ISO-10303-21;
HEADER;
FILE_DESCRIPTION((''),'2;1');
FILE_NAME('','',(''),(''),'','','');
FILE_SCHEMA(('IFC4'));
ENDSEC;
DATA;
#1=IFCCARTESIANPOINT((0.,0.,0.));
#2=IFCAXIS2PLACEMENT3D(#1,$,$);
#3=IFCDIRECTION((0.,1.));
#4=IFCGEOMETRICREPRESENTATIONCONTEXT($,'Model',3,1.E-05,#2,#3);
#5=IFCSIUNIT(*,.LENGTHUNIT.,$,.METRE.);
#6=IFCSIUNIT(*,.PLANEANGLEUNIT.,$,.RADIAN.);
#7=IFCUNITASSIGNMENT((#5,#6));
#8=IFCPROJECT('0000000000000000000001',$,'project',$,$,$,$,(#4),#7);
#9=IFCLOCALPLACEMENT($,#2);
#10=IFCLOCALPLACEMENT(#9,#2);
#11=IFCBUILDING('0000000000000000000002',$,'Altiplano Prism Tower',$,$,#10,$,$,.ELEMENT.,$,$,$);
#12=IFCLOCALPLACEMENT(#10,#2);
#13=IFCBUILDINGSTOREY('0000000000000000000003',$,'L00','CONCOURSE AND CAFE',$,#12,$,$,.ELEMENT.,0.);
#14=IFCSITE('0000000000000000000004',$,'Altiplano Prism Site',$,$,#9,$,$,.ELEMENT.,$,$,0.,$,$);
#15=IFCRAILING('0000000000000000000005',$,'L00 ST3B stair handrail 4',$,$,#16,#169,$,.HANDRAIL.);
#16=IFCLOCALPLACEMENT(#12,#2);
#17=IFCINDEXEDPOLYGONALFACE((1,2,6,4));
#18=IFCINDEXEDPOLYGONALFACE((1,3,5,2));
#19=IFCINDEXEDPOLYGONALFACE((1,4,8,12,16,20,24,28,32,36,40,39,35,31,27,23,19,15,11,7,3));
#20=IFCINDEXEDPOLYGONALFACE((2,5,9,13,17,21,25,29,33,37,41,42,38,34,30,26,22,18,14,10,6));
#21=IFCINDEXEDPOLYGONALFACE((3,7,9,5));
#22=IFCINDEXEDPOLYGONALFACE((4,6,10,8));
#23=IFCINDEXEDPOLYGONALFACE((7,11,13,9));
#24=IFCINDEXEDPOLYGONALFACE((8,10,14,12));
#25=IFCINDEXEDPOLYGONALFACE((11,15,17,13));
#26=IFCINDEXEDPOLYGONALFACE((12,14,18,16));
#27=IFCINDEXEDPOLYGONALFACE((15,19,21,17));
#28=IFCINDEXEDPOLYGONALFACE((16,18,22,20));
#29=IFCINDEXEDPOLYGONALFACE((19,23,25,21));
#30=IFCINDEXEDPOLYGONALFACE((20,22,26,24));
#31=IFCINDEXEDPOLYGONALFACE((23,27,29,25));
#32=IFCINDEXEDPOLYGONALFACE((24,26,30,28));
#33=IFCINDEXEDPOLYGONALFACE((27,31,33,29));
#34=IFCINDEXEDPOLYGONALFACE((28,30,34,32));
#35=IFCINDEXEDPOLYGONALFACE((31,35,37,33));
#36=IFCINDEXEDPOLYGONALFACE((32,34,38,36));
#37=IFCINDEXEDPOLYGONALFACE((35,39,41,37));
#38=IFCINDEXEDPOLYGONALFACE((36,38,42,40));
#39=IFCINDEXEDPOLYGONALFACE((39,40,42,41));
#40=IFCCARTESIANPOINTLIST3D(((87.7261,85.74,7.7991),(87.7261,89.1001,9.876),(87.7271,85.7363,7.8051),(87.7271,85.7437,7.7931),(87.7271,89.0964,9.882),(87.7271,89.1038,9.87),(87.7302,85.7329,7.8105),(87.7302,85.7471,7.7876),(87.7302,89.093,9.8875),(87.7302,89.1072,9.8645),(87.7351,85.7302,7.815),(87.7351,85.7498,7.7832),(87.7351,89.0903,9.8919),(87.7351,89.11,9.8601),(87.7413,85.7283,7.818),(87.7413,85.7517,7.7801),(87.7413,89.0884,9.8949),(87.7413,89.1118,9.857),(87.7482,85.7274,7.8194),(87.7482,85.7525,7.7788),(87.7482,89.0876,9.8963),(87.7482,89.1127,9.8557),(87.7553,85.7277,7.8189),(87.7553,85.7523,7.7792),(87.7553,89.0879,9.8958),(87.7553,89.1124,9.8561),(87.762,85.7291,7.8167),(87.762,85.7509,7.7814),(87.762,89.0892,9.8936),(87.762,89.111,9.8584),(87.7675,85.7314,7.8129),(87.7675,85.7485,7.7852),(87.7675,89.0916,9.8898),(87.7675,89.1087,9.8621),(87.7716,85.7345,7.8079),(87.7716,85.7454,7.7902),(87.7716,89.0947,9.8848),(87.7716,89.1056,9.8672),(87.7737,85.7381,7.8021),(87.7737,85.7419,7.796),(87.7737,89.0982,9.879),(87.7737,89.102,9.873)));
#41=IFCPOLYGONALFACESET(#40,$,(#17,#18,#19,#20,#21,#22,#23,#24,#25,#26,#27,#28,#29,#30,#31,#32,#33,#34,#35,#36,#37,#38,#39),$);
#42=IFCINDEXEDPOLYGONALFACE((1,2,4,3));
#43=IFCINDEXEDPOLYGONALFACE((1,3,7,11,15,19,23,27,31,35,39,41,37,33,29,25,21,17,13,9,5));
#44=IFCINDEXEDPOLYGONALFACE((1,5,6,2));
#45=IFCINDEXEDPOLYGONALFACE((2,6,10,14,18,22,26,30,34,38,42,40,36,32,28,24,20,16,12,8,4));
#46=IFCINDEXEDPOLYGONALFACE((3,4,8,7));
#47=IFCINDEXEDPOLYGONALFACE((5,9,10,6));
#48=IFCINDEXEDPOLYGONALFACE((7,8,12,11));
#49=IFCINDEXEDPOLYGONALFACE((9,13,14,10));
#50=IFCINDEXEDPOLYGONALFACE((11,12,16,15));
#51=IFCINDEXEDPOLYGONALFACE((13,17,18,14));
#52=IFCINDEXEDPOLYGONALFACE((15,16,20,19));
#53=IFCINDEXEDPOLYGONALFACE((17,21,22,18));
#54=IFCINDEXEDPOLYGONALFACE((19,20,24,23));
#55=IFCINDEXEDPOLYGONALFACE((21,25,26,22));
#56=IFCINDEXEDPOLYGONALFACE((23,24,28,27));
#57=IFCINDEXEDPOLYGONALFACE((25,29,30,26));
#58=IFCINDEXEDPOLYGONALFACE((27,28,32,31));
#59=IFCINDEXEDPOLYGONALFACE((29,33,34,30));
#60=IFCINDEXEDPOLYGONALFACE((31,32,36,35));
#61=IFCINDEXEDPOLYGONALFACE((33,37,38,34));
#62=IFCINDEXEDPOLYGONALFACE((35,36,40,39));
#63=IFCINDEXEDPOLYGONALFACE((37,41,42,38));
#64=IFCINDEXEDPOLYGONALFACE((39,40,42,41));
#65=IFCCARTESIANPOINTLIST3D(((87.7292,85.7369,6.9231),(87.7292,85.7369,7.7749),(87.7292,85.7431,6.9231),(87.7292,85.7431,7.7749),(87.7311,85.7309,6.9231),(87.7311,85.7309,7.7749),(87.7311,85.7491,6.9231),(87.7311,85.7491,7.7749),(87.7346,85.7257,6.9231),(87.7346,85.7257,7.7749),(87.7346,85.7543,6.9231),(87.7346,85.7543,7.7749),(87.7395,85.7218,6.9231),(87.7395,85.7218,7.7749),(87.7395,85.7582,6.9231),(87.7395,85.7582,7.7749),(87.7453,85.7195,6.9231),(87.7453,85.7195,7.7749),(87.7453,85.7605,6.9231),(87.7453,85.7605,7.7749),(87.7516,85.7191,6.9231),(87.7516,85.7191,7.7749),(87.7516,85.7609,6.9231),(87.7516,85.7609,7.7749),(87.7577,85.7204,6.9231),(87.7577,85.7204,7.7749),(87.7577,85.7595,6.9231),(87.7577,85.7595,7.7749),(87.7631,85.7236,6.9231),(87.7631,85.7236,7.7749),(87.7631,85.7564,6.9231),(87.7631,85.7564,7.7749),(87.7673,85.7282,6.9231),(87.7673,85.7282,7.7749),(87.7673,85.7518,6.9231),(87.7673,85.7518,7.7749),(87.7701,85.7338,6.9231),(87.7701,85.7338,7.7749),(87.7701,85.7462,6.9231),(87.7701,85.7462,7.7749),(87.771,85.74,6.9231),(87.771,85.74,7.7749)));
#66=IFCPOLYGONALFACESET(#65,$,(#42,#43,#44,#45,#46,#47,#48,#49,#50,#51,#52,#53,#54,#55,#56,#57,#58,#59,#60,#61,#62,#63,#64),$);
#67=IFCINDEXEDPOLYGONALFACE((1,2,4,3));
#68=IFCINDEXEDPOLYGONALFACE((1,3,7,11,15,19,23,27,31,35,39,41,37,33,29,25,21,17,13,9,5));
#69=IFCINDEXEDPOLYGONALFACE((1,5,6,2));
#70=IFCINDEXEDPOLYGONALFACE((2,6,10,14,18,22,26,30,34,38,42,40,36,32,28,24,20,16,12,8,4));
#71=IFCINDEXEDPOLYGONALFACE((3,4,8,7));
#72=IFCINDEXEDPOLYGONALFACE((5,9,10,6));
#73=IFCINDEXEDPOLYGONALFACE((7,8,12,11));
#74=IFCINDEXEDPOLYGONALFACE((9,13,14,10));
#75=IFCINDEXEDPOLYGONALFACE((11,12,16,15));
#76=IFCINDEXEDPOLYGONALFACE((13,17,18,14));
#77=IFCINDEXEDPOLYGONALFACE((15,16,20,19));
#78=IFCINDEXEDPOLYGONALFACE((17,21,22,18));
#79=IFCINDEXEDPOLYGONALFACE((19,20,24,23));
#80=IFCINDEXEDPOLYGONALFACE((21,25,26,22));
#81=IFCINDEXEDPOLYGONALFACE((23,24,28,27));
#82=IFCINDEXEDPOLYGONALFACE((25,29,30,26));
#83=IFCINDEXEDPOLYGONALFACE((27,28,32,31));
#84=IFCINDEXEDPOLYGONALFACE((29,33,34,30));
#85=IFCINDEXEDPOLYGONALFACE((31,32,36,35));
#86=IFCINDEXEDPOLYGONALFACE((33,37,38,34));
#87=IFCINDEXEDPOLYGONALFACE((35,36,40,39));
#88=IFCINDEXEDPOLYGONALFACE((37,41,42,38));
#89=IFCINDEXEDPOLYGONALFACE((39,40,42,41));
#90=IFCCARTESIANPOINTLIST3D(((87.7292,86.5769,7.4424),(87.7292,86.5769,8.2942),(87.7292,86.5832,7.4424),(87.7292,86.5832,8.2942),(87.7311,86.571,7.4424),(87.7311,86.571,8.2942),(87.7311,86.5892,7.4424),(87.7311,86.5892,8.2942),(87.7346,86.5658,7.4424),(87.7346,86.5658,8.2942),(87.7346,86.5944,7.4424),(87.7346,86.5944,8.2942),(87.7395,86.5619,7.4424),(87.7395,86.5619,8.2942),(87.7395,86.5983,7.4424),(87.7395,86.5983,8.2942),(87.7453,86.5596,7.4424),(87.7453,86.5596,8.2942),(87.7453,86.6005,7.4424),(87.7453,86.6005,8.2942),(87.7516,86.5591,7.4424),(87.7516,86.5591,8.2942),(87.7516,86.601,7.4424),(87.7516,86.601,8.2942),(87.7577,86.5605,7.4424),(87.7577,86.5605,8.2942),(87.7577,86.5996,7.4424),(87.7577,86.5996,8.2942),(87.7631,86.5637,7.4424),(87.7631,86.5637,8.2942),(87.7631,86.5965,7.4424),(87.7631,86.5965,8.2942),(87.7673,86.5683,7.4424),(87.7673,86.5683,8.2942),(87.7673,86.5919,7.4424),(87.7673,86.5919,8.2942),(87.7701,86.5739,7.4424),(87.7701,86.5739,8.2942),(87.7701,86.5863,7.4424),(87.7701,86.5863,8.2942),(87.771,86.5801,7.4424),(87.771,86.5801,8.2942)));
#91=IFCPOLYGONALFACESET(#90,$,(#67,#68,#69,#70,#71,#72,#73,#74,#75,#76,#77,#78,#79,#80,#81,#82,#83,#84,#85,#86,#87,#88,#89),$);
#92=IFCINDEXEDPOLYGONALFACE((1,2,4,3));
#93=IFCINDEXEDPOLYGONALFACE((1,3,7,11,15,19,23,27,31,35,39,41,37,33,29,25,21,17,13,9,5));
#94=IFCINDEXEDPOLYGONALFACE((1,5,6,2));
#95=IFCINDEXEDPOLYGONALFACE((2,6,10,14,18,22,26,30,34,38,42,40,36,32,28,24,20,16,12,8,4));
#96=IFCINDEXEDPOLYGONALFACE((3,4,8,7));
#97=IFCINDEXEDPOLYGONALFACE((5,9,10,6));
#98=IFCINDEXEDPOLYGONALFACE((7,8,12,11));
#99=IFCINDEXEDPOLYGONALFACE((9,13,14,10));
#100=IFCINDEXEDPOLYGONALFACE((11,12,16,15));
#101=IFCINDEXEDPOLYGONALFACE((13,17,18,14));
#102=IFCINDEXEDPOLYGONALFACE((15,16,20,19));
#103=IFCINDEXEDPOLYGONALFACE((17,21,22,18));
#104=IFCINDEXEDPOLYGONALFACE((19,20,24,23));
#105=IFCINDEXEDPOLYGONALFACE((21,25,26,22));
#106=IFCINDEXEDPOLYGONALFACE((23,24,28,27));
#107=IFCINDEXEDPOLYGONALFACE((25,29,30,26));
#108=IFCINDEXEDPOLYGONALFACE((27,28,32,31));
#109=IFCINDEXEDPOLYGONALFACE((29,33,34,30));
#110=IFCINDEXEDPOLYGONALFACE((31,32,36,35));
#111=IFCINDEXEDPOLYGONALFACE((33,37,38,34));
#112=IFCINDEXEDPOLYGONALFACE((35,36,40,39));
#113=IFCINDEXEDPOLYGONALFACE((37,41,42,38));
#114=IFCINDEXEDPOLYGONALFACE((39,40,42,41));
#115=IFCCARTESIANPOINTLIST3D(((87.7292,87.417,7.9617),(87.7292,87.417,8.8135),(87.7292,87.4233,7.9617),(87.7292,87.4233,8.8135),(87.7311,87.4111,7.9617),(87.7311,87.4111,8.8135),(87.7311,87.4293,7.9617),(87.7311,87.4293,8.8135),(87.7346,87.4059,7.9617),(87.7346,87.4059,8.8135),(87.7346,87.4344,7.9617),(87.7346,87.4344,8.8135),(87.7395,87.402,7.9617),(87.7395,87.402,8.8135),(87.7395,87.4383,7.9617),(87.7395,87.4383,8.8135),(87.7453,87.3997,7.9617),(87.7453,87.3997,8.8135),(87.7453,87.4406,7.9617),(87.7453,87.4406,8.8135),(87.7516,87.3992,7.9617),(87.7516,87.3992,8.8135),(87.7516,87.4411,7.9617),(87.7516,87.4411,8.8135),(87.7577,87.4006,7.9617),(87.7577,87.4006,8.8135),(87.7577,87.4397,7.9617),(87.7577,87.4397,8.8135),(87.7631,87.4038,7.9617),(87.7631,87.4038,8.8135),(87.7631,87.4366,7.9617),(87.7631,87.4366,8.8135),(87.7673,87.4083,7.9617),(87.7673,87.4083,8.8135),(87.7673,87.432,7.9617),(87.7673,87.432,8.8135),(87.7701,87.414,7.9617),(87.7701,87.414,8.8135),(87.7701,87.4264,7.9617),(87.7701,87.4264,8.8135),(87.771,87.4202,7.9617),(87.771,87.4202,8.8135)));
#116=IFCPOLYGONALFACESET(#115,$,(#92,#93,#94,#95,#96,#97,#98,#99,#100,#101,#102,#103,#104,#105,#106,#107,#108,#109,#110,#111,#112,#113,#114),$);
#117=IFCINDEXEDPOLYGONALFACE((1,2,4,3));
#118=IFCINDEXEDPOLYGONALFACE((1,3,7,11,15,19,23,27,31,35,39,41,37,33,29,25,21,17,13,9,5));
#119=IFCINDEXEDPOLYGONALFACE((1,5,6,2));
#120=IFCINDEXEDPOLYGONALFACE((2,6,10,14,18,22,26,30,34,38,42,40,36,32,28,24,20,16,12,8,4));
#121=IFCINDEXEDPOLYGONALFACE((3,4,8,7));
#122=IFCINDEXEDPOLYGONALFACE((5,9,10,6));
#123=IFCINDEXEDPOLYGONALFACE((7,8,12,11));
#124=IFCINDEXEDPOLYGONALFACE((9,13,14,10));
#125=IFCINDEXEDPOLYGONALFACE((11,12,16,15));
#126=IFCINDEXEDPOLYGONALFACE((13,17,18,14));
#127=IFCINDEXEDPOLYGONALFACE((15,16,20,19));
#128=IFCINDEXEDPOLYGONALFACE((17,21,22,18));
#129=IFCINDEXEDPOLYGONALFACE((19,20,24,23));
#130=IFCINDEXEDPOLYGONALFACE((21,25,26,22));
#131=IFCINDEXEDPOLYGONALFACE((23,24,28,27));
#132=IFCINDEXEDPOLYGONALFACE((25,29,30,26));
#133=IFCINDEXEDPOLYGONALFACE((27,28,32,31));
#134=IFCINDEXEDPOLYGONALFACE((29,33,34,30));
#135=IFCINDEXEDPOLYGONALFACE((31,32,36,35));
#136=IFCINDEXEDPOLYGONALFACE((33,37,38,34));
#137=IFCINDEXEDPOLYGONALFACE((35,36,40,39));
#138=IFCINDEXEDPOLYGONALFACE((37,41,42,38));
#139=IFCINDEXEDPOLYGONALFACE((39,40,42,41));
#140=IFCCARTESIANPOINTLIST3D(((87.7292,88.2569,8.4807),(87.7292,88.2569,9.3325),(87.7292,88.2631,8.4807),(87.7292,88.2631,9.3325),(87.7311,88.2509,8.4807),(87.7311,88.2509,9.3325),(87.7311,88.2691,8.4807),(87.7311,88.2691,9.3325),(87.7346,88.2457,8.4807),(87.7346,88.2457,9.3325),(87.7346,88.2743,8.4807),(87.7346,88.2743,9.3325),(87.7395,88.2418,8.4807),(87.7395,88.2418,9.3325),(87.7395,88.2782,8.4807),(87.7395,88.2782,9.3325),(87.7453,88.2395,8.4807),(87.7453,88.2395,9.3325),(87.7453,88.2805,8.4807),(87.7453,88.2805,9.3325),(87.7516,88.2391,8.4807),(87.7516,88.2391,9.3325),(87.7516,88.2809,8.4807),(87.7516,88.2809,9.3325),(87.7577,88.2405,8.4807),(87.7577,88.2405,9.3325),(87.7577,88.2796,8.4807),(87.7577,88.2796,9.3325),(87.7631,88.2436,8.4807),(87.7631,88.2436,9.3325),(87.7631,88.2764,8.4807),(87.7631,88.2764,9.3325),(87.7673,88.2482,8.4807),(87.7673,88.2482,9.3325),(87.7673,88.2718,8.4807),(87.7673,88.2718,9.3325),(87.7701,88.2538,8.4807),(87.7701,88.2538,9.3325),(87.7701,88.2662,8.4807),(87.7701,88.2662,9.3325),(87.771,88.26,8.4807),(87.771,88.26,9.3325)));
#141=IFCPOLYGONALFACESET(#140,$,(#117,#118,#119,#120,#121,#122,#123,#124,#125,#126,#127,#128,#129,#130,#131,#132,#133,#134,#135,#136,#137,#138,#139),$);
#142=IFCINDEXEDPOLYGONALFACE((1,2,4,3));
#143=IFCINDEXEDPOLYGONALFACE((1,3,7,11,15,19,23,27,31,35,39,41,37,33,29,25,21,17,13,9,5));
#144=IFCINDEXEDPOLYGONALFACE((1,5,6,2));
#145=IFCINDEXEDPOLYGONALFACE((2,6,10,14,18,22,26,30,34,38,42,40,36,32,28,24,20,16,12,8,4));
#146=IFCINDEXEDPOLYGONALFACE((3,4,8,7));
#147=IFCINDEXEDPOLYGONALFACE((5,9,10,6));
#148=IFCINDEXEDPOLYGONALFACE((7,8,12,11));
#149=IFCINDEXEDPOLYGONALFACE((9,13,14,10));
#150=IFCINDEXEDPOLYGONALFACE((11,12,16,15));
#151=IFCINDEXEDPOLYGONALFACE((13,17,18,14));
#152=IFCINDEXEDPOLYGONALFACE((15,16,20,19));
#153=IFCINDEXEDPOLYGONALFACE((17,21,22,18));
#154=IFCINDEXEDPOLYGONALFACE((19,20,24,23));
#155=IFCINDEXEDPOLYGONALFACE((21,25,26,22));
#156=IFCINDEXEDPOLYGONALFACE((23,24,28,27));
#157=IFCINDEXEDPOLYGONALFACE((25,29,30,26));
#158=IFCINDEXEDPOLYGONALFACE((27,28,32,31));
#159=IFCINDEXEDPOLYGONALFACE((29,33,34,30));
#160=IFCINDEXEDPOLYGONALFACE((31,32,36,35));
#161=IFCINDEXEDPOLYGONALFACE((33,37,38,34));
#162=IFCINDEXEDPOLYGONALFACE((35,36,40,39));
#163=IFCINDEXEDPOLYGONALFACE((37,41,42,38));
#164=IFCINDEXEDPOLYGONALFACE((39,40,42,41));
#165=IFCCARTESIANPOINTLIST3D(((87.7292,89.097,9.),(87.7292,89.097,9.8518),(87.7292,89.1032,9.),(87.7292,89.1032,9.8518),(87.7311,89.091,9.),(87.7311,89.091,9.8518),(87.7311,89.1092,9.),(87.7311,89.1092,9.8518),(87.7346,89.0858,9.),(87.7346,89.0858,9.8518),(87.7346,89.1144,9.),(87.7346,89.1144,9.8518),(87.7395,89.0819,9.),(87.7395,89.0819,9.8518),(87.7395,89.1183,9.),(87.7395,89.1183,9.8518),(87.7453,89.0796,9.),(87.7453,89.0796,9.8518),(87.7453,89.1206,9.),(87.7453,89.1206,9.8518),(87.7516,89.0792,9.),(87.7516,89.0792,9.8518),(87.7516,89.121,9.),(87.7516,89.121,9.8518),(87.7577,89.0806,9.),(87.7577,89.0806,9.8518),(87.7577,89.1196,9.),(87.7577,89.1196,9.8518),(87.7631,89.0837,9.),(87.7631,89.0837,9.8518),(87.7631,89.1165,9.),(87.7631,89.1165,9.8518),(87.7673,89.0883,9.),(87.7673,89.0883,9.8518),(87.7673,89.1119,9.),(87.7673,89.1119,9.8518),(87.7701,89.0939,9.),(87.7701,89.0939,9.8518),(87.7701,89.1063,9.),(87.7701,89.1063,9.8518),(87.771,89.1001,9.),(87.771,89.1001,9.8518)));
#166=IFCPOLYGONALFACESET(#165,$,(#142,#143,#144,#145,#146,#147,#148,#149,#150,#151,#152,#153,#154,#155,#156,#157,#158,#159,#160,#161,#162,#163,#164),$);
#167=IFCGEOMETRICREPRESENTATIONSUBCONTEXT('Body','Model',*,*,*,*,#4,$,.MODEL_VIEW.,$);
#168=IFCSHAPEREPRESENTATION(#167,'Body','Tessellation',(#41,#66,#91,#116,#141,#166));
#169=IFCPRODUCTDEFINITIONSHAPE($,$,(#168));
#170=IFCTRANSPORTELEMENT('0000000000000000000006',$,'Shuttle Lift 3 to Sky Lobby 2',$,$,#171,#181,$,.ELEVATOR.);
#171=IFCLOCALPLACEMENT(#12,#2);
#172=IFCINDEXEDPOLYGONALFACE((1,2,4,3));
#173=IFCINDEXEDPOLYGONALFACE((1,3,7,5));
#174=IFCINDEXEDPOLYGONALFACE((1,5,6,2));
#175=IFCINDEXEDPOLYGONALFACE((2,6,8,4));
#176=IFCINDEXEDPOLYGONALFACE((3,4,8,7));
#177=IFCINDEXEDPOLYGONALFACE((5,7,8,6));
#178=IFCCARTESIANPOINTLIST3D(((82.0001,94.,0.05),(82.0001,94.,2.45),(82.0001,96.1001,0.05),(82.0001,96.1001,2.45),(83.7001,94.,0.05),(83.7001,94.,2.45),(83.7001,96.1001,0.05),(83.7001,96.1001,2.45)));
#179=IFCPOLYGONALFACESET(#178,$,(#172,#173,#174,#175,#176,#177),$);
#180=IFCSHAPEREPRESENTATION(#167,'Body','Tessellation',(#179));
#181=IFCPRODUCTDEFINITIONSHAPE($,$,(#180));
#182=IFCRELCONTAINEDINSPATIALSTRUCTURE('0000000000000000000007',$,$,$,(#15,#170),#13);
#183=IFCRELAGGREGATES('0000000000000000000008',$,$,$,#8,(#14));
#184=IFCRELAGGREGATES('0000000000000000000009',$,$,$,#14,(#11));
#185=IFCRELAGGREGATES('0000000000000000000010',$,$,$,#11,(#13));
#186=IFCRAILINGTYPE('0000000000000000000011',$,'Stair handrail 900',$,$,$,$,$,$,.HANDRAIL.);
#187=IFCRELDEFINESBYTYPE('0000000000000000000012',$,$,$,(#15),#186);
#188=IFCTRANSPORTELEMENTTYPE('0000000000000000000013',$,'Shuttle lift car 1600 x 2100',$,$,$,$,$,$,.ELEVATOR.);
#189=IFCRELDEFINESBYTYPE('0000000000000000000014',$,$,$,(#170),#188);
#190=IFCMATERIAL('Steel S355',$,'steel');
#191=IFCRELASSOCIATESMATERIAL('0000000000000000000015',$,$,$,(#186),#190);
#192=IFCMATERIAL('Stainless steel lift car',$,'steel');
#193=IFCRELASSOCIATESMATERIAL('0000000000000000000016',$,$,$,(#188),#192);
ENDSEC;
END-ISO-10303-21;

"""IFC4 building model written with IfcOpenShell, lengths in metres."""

from ifc_helpers import new_model, si_unit, direction, frame, origin, origin_2d, place, context, subcontext, project, spatial, rectangle, circle, extrude, material, type_object, element, save


model = new_model("IFC4")

# Units and contexts
model_context = context("Model", 3, precision=1e-05, world=origin(), true_north=direction((0.0, 1.0)))
body_context = subcontext(model_context, "Body", "Model", "MODEL_VIEW")
ifc_project = project(units=[si_unit("LENGTHUNIT", "METRE"), si_unit("PLANEANGLEUNIT", "RADIAN")], contexts=[model_context])

# Site, building, storey
site_placement = place(None, origin())
site = spatial("IfcSite", under=ifc_project, at=site_placement, Name="Altiplano Prism Site", CompositionType="ELEMENT", RefElevation=0.0)
building_placement = place(site_placement, origin())
building = spatial("IfcBuilding", under=site, at=building_placement, Name="Altiplano Prism Tower", CompositionType="ELEMENT")
storey_placement = place(building_placement, origin())
storey = spatial("IfcBuildingStorey", under=building, at=storey_placement, Name="L00", Description="CONCOURSE AND CAFE", CompositionType="ELEMENT", Elevation=0.0)

# Railing
ifc_material_1 = material(Name="Steel S355", Category="steel")
railing_type_1 = type_object("IfcRailingType", Name="Stair handrail 900", PredefinedType="HANDRAIL", material=ifc_material_1)
railing_1_placement = place(storey_placement, frame((87.75, 85.74, 6.9231)))
element("IfcRailing", 1, at=railing_1_placement, inside=storey, type_object=railing_type_1, Name="L00 ST3B stair handrail 4", PredefinedType="HANDRAIL", context=body_context, shape_type="SweptSolid", body=[
    extrude(circle(Radius=0.0239, at=origin_2d()), frame((0.0, 0.0, 0.876), z_axis=(0.0, 0.850623, 0.525776), x_axis=(-1.0, 0.0, 0.0)), (0.0, 0.0, 1.0), 3.9502),
    extrude(circle(Radius=0.021, at=origin_2d()), origin(), (0.0, 0.0, 1.0), 0.8518),
    extrude(circle(Radius=0.021, at=origin_2d()), frame((0.0, 0.8401, 0.5193)), (0.0, 0.0, 1.0), 0.8518),
    extrude(circle(Radius=0.021, at=origin_2d()), frame((0.0, 1.6802, 1.0386)), (0.0, 0.0, 1.0), 0.8518),
    extrude(circle(Radius=0.021, at=origin_2d()), frame((0.0, 2.52, 1.5576)), (0.0, 0.0, 1.0), 0.8518),
    extrude(circle(Radius=0.021, at=origin_2d()), frame((0.0, 3.3601, 2.0769)), (0.0, 0.0, 1.0), 0.8518),
])

# Transport element
ifc_material_2 = material(Name="Stainless steel lift car", Category="steel")
transport_element_type = type_object("IfcTransportElementType", Name="Shuttle lift car 1600 x 2100", PredefinedType="ELEVATOR", material=ifc_material_2)
transport_element_placement = place(storey_placement, frame((82.8501, 95.05, 0.05), z_axis=(0.0, 0.0, 1.0), x_axis=(1.0, 0.0, 0.0)))
element("IfcTransportElement", 2, at=transport_element_placement, inside=storey, type_object=transport_element_type, Name="Shuttle Lift 3 to Sky Lobby 2", PredefinedType="ELEVATOR", context=body_context, shape_type="SweptSolid", body=[
    extrude(rectangle(XDim=1.7, YDim=2.1001, at=origin_2d()), origin(), (0.0, 0.0, 1.0), 2.3999),
])

save(model, "model.ifc")
